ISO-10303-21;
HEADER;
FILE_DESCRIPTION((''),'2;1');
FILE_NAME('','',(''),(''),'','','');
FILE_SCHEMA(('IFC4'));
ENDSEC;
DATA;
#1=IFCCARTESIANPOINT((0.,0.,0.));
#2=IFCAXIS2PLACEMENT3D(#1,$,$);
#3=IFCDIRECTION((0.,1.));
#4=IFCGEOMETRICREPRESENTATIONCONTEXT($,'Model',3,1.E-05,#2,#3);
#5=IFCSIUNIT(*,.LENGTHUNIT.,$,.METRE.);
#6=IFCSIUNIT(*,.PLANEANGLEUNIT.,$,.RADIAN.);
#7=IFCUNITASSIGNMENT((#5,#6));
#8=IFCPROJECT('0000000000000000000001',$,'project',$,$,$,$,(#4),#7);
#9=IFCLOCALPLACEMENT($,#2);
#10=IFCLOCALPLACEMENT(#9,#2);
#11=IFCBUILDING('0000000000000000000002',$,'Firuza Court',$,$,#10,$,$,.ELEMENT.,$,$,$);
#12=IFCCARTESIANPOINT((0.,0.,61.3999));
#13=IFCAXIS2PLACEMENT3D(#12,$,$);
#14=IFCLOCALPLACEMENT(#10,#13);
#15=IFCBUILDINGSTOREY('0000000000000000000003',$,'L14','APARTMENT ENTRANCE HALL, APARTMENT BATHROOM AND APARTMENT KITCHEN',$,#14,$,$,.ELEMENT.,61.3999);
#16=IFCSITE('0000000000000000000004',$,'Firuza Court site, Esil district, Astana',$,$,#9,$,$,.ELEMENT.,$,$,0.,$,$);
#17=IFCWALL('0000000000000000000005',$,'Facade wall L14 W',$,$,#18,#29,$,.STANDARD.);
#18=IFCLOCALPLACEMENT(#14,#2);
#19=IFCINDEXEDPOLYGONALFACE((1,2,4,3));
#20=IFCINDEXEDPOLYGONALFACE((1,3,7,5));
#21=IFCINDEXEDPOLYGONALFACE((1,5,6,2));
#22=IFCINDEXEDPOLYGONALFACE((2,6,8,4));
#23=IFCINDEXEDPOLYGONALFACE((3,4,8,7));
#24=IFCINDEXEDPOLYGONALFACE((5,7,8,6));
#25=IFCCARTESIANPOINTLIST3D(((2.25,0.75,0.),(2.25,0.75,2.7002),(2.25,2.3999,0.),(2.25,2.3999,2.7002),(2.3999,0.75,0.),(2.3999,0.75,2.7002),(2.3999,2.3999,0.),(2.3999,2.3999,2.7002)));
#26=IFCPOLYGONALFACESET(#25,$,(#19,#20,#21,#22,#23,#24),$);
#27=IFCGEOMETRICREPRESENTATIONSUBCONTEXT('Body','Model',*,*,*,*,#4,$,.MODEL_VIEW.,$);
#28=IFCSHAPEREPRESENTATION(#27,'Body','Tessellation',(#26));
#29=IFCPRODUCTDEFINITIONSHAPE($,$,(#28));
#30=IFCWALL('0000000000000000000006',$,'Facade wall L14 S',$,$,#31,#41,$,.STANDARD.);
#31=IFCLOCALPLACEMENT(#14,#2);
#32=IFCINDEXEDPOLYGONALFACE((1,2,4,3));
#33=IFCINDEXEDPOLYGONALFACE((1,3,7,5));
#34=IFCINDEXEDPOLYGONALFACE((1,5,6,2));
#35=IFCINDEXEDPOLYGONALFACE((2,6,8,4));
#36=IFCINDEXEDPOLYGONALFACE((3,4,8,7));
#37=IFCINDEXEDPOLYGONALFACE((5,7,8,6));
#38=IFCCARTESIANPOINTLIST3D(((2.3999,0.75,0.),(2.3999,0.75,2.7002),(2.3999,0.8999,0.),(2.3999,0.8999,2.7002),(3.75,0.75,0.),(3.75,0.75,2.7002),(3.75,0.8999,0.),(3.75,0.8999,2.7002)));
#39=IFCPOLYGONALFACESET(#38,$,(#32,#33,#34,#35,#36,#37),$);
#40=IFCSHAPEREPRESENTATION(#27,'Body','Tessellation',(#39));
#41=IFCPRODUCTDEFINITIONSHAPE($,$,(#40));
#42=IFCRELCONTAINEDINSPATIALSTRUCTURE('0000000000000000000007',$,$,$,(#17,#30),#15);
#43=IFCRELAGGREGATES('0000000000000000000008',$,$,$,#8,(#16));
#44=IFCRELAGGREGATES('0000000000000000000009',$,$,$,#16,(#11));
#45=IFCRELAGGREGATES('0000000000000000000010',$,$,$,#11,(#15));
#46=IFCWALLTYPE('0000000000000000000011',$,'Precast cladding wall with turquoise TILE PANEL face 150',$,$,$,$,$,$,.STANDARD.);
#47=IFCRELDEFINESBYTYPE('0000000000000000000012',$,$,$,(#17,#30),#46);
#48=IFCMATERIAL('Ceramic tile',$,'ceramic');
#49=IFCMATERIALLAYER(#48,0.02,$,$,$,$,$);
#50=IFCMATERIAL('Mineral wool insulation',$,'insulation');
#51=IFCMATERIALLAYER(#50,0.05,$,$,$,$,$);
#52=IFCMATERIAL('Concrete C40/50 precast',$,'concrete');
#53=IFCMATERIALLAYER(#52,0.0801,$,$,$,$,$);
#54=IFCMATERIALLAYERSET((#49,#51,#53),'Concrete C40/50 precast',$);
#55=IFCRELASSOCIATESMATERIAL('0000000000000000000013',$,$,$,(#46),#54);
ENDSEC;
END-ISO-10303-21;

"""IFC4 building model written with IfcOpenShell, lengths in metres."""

from ifc_helpers import new_model, si_unit, direction, frame, frame_2d, origin, place, context, subcontext, project, spatial, rectangle, extrude, material, layer, layer_set, type_object, element, save


model = new_model("IFC4")

# Units and contexts
model_context = context("Model", 3, precision=1e-05, world=origin(), true_north=direction((0.0, 1.0)))
body_context = subcontext(model_context, "Body", "Model", "MODEL_VIEW")
ifc_project = project(units=[si_unit("LENGTHUNIT", "METRE"), si_unit("PLANEANGLEUNIT", "RADIAN")], contexts=[model_context])

# Site, building, storey
site_placement = place(None, origin())
site = spatial("IfcSite", under=ifc_project, at=site_placement, Name="Firuza Court site, Esil district, Astana", CompositionType="ELEMENT", RefElevation=0.0)
building_placement = place(site_placement, origin())
building = spatial("IfcBuilding", under=site, at=building_placement, Name="Firuza Court", CompositionType="ELEMENT")
storey_placement = place(building_placement, frame((0.0, 0.0, 61.3999)))
storey = spatial("IfcBuildingStorey", under=building, at=storey_placement, Name="L14", Description="APARTMENT ENTRANCE HALL, APARTMENT BATHROOM AND APARTMENT KITCHEN", CompositionType="ELEMENT", Elevation=61.3999)

# Shared definitions
ifc_material_1 = material(Name="Concrete C40/50 precast", Category="concrete")

# Walls
ifc_material_2 = material(Name="Ceramic tile", Category="ceramic")
ifc_layer_1 = layer(ifc_material_2, 0.02)
ifc_material_3 = material(Name="Mineral wool insulation", Category="insulation")
ifc_layer_2 = layer(ifc_material_3, 0.05)
ifc_layer_3 = layer(ifc_material_1, 0.0801)
ifc_layer_set_1 = layer_set([ifc_layer_1, ifc_layer_2, ifc_layer_3], Name="Concrete C40/50 precast")
wall_type_1 = type_object("IfcWallType", Name="Precast cladding wall with turquoise TILE PANEL face 150", PredefinedType="STANDARD", material=ifc_layer_set_1)
wall_1_placement = place(storey_placement, frame((2.325, 2.3999, 0.0), z_axis=(0.0, 0.0, 1.0), x_axis=(0.0, -1.0, 0.0)))
element("IfcWall", 1, at=wall_1_placement, inside=storey, type_object=wall_type_1, Name="Facade wall L14 W", PredefinedType="STANDARD", context=body_context, shape_type="SweptSolid", body=[
    extrude(rectangle(XDim=1.6499, YDim=0.1499, at=frame_2d((0.825, 0.0))), origin(), (0.0, 0.0, 1.0), 2.7002),
])
wall_2_placement = place(storey_placement, frame((2.3999, 0.825, 0.0), z_axis=(0.0, 0.0, 1.0), x_axis=(1.0, 0.0, 0.0)))
element("IfcWall", 2, at=wall_2_placement, inside=storey, type_object=wall_type_1, Name="Facade wall L14 S", PredefinedType="STANDARD", context=body_context, shape_type="SweptSolid", body=[
    extrude(rectangle(XDim=1.3501, YDim=0.1499, at=frame_2d((0.675, 0.0))), origin(), (0.0, 0.0, 1.0), 2.7002),
])

save(model, "model.ifc")
